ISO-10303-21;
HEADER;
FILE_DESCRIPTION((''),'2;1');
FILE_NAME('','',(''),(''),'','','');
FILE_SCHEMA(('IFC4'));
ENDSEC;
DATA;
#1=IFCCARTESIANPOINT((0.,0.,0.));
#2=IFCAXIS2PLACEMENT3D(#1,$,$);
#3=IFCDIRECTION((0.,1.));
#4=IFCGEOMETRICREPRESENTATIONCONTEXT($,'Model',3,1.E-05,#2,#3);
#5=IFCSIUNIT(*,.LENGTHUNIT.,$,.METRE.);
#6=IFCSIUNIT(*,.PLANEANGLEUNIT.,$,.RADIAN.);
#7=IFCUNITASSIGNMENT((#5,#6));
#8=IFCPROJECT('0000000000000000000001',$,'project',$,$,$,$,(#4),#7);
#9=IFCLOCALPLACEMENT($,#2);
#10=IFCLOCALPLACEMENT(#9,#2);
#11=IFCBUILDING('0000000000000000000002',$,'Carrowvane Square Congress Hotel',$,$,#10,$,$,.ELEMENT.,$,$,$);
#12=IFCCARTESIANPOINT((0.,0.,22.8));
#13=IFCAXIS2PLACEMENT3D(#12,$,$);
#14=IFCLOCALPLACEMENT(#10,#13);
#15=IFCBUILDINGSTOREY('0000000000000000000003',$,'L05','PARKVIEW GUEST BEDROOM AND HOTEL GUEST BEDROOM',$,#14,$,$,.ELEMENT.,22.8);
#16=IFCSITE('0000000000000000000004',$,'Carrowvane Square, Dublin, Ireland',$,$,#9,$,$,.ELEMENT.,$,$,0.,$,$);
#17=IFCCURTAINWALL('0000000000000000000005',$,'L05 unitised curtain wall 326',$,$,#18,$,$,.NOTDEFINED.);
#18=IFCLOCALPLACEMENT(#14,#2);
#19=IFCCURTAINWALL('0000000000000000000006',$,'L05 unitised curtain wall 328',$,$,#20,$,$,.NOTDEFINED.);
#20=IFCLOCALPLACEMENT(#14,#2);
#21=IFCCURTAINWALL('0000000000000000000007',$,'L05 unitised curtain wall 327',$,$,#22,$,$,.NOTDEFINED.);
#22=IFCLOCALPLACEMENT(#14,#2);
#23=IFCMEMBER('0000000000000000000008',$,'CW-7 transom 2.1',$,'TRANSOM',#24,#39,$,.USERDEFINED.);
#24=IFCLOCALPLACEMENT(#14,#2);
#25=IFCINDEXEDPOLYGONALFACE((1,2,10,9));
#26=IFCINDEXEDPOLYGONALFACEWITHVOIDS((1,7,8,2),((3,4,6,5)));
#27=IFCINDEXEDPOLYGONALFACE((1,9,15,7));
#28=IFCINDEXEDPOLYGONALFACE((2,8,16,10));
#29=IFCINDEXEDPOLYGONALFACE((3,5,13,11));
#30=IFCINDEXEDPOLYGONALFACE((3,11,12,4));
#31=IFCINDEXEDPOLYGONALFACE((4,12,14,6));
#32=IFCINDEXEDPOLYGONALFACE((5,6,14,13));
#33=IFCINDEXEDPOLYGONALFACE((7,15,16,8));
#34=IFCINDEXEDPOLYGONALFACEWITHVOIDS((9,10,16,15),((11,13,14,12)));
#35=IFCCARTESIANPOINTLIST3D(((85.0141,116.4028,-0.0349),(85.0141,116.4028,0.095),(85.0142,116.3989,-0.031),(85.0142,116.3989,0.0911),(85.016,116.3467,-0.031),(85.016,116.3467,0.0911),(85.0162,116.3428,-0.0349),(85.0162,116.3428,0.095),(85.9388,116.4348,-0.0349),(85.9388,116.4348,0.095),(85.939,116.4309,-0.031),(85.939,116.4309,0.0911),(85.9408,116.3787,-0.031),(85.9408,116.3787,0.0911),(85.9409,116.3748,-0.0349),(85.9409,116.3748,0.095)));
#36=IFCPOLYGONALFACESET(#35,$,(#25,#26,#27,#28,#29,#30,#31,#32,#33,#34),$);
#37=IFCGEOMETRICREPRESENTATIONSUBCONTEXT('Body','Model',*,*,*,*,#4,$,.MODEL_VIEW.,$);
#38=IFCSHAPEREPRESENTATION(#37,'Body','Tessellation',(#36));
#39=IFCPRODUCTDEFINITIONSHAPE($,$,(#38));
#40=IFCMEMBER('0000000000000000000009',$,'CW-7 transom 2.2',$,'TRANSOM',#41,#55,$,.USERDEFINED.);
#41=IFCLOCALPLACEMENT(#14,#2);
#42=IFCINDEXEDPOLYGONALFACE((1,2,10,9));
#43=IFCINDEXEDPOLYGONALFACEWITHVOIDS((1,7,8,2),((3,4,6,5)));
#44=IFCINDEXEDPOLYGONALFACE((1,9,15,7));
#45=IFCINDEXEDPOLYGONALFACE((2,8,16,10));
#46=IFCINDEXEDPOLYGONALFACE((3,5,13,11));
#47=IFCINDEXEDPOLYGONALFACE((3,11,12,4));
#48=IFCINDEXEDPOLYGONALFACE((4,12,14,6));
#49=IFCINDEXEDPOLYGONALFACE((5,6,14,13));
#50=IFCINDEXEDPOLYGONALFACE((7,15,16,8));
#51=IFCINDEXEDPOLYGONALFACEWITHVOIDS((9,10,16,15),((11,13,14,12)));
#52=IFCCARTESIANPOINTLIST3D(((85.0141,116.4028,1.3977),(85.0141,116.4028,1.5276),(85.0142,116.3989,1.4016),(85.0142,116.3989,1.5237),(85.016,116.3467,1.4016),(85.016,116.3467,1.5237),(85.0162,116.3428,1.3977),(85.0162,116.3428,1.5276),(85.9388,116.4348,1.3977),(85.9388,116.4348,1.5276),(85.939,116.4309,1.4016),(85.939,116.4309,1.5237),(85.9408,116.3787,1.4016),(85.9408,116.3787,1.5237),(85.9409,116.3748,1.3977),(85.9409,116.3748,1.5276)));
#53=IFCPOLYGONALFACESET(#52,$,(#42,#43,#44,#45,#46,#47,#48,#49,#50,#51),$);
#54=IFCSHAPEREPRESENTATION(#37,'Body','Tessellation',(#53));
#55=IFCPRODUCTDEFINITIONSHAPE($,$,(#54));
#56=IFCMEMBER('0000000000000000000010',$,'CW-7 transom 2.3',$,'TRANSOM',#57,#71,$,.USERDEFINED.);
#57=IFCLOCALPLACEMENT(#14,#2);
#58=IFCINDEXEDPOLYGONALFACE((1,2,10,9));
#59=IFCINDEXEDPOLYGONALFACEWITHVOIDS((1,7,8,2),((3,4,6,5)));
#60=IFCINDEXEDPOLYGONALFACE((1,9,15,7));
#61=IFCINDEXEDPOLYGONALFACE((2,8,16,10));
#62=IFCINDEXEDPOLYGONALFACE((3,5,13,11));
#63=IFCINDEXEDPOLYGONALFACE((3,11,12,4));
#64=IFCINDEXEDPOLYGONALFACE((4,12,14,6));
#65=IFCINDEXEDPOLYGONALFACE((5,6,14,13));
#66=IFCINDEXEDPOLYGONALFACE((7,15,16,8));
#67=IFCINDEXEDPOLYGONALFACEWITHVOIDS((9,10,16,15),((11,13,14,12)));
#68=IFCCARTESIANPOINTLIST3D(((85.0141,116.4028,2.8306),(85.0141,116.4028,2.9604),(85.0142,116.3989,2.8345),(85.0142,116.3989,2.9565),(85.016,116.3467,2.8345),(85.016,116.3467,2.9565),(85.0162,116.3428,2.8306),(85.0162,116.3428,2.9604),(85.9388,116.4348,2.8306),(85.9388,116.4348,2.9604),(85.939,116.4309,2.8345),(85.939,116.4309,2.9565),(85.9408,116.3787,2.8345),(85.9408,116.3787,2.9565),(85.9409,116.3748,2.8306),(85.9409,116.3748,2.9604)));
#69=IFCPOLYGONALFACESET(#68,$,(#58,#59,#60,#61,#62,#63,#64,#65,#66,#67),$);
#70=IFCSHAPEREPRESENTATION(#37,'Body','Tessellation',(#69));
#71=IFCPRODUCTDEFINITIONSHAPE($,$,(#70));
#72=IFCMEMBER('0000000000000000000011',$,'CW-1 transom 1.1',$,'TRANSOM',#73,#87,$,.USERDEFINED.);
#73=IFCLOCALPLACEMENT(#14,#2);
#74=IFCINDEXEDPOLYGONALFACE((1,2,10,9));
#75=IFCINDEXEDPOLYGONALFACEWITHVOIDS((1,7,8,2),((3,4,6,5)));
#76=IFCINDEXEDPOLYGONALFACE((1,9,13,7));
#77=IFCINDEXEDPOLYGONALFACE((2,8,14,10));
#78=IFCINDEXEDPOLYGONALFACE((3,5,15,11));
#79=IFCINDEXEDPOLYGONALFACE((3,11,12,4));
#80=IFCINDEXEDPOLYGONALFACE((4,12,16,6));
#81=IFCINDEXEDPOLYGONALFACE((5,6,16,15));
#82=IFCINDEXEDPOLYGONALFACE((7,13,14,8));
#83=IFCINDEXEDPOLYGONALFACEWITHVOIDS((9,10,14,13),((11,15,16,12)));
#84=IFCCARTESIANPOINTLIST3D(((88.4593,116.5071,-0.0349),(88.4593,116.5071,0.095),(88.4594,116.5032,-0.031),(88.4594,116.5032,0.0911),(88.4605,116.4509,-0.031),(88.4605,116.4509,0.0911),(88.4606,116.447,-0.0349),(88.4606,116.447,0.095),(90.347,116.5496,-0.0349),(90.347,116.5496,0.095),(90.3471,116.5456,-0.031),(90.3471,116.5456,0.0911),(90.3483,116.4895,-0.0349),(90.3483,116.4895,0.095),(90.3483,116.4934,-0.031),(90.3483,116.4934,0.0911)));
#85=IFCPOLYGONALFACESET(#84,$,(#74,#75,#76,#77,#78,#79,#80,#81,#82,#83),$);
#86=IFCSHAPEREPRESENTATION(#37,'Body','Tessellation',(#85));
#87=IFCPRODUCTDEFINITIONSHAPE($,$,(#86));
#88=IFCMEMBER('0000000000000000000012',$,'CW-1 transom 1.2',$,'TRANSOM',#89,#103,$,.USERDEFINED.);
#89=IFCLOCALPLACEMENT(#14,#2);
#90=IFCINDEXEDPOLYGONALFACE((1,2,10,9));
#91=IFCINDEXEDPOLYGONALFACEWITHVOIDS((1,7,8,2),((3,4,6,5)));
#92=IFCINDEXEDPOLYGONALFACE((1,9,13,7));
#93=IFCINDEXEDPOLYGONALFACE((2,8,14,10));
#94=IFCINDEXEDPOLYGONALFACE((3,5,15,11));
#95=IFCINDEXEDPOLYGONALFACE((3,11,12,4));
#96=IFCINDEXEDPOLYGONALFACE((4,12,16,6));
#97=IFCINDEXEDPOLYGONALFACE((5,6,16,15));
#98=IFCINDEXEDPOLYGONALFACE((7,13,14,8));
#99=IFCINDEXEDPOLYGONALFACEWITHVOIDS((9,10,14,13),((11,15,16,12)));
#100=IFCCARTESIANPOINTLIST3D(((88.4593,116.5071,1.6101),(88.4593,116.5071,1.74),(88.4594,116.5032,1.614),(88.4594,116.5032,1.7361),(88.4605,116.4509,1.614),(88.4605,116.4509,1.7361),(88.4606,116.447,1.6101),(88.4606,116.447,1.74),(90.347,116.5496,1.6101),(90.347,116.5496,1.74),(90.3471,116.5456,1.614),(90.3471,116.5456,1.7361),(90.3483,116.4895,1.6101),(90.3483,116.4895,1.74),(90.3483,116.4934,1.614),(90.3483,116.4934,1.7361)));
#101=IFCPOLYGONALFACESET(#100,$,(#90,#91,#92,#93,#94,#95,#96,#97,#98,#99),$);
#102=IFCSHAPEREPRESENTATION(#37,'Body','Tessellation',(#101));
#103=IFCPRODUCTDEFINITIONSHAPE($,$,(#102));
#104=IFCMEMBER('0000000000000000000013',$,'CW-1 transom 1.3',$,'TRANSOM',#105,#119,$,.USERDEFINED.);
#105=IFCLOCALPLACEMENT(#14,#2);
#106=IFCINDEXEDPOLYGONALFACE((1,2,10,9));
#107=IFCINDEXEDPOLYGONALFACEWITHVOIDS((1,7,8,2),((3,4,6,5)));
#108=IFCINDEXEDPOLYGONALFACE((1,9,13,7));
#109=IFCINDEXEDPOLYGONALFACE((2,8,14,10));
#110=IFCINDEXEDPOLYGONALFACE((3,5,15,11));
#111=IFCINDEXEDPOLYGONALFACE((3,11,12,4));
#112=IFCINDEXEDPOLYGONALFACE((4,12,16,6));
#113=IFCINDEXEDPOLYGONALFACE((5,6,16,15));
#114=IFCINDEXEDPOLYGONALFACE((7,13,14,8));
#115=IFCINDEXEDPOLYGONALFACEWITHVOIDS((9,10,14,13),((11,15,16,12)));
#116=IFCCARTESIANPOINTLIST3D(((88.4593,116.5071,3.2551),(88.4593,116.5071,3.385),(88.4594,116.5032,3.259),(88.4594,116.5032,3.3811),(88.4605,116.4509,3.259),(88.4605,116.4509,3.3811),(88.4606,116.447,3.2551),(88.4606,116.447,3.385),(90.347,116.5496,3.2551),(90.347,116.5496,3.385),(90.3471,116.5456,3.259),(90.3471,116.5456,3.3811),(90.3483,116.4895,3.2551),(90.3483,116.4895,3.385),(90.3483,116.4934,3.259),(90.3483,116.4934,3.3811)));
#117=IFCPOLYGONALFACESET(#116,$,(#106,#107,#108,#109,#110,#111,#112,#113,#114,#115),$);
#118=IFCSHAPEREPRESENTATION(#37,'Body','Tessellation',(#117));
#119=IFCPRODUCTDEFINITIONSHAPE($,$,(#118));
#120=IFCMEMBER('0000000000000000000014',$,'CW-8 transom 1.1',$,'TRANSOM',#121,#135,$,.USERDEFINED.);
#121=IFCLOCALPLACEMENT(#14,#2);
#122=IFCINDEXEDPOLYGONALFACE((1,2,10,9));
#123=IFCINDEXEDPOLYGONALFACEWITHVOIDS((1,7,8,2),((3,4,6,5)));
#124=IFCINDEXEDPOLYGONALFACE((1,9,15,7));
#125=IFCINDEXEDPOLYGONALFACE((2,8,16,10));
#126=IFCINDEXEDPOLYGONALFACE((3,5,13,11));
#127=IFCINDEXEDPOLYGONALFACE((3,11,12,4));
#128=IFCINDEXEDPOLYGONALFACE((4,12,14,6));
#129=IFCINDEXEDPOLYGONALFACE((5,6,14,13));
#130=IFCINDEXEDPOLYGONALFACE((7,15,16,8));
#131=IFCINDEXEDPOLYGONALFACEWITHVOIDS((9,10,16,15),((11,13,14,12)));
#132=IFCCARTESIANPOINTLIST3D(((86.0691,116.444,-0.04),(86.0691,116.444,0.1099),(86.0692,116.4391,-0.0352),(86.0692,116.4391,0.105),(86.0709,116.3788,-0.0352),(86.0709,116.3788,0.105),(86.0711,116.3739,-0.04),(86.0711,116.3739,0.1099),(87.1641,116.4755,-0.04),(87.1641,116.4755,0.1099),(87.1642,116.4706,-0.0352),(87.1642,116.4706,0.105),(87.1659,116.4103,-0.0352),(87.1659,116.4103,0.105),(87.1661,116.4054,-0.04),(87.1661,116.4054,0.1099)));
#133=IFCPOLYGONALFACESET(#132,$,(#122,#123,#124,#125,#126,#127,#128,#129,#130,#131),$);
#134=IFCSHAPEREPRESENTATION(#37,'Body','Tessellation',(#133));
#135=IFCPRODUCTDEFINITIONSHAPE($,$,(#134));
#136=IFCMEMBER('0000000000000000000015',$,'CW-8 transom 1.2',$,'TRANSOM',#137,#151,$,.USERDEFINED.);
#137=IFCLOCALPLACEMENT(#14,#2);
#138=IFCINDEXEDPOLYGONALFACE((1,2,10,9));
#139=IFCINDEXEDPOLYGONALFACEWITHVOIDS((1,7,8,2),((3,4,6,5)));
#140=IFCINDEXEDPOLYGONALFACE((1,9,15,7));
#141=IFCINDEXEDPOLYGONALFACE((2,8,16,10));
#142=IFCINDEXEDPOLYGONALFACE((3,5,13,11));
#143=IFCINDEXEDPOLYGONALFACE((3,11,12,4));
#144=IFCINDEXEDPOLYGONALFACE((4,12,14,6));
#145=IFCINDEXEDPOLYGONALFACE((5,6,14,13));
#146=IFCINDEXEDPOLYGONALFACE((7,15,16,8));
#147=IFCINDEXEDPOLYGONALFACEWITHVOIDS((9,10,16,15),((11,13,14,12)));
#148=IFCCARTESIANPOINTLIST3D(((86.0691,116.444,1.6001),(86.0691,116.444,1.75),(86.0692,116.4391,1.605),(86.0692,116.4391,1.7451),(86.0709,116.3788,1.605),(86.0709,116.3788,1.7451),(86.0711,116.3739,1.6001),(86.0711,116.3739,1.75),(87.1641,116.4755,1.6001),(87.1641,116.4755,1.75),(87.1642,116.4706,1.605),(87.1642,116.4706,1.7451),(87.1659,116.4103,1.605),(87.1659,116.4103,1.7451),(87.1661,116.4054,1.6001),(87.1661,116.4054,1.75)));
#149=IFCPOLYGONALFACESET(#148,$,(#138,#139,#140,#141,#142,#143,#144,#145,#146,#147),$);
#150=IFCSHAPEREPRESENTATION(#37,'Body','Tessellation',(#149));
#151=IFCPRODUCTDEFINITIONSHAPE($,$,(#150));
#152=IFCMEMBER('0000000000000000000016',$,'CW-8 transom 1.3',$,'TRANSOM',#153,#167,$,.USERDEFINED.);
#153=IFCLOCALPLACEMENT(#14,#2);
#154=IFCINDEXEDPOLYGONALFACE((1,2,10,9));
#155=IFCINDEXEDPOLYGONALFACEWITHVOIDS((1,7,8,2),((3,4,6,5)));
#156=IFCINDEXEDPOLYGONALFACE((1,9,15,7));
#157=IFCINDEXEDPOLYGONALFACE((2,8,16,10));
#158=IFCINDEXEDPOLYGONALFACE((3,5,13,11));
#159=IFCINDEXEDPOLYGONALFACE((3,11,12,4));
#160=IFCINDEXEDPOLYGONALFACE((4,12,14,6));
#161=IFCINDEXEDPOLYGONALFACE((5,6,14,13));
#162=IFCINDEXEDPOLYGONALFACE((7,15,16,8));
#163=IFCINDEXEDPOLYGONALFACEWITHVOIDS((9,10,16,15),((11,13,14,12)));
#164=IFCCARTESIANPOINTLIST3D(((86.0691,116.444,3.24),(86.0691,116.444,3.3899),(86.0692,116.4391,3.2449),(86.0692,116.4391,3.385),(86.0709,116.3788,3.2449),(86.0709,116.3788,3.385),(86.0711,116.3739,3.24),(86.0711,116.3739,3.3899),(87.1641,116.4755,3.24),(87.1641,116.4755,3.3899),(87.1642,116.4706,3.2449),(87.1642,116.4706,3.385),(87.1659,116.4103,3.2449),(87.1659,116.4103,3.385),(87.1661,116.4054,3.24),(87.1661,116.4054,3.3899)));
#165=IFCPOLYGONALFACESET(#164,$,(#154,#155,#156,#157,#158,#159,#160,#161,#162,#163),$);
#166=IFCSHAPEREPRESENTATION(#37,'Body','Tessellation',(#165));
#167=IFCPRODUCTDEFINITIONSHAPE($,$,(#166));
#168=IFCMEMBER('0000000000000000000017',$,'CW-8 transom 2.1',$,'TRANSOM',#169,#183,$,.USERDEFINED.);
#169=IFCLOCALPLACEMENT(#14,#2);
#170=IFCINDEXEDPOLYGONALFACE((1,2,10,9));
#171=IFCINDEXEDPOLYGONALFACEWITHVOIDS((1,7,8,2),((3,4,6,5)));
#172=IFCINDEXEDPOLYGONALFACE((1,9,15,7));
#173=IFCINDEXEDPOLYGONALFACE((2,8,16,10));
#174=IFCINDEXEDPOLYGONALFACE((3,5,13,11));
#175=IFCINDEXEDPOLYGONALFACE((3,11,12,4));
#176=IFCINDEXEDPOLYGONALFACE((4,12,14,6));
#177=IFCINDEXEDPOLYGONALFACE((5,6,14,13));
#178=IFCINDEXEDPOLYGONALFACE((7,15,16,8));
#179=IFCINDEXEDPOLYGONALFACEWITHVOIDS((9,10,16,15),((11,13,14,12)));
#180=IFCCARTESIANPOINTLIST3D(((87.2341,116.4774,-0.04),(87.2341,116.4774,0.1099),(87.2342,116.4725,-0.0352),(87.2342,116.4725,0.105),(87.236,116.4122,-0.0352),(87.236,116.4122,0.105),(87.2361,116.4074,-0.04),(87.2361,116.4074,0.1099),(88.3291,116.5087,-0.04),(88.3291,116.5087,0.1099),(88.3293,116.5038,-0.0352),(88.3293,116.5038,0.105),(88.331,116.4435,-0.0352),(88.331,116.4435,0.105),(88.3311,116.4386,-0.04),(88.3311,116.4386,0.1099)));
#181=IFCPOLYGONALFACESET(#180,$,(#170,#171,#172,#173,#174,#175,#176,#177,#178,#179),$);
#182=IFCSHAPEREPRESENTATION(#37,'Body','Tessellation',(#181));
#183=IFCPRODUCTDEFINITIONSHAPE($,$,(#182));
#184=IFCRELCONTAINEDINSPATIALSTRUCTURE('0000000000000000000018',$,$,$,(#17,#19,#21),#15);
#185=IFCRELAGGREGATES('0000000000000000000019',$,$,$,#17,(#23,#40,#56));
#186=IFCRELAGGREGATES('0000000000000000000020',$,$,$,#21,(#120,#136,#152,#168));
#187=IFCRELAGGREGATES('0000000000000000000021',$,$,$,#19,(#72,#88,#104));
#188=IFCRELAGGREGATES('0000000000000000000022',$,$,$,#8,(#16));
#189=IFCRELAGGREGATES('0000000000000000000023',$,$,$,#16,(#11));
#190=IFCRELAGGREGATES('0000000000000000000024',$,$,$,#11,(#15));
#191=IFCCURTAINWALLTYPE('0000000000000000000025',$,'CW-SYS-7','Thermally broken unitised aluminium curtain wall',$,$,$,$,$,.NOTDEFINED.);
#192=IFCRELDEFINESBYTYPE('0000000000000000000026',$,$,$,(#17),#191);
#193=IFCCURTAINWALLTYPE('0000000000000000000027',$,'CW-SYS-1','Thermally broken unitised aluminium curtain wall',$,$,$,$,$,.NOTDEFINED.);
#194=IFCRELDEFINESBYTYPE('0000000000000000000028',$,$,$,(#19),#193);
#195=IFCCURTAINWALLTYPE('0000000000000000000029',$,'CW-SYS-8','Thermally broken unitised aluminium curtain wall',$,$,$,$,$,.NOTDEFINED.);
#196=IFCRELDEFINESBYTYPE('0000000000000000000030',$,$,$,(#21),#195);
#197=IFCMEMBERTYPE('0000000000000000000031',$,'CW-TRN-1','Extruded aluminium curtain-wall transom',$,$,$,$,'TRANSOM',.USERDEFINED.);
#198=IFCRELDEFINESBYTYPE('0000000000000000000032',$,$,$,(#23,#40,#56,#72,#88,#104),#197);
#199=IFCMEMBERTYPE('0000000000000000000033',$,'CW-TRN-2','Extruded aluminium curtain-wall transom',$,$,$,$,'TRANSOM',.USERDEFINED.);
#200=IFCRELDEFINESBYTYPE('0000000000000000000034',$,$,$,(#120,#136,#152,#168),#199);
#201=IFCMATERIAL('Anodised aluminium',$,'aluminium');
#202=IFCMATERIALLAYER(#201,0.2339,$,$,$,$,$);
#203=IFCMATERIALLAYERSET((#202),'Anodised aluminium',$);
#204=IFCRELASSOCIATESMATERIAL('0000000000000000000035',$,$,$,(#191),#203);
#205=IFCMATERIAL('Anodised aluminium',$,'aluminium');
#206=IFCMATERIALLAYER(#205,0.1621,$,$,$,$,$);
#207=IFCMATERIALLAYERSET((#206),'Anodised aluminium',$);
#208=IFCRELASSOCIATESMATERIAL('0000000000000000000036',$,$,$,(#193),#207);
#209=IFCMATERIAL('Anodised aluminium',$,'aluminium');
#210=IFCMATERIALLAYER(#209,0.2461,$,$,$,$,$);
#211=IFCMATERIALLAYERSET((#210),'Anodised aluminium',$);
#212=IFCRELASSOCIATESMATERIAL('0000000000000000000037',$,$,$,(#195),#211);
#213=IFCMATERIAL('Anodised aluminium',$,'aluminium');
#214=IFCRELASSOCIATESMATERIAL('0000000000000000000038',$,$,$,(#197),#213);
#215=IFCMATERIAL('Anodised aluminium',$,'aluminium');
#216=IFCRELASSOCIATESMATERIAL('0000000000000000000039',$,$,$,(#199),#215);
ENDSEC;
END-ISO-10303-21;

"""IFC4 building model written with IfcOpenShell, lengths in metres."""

from ifc_helpers import new_model, si_unit, direction, frame, origin, origin_2d, place, context, subcontext, project, spatial, hollow_rectangle, extrude, material, layer, layer_set, material_profile, profile_set, type_object, element, aggregate, save


model = new_model("IFC4")

# Units and contexts
model_context = context("Model", 3, precision=1e-05, world=origin(), true_north=direction((0.0, 1.0)))
body_context = subcontext(model_context, "Body", "Model", "MODEL_VIEW")
ifc_project = project(units=[si_unit("LENGTHUNIT", "METRE"), si_unit("PLANEANGLEUNIT", "RADIAN")], contexts=[model_context])

# Site, building, storey
site_placement = place(None, origin())
site = spatial("IfcSite", under=ifc_project, at=site_placement, Name="Carrowvane Square, Dublin, Ireland", CompositionType="ELEMENT", RefElevation=0.0)
building_placement = place(site_placement, origin())
building = spatial("IfcBuilding", under=site, at=building_placement, Name="Carrowvane Square Congress Hotel", CompositionType="ELEMENT")
storey_placement = place(building_placement, frame((0.0, 0.0, 22.8)))
storey = spatial("IfcBuildingStorey", under=building, at=storey_placement, Name="L05", Description="PARKVIEW GUEST BEDROOM AND HOTEL GUEST BEDROOM", CompositionType="ELEMENT", Elevation=22.8)

# Curtain walls
ifc_material_1 = material(Name="Anodised aluminium", Category="aluminium")
ifc_layer_1 = layer(ifc_material_1, 0.2339)
ifc_layer_set_1 = layer_set([ifc_layer_1], Name="Anodised aluminium")
curtain_wall_type_1 = type_object("IfcCurtainWallType", Name="CW-SYS-7", Description="Thermally broken unitised aluminium curtain wall", PredefinedType="NOTDEFINED", material=ifc_layer_set_1)
curtain_wall_1_placement = place(storey_placement, origin())
curtain_wall_1 = element("IfcCurtainWall", 1, at=curtain_wall_1_placement, inside=storey, type_object=curtain_wall_type_1, Name="L05 unitised curtain wall 326", PredefinedType="NOTDEFINED")
ifc_material_2 = material(Name="Anodised aluminium", Category="aluminium")
ifc_layer_2 = layer(ifc_material_2, 0.1621)
ifc_layer_set_2 = layer_set([ifc_layer_2], Name="Anodised aluminium")
curtain_wall_type_2 = type_object("IfcCurtainWallType", Name="CW-SYS-1", Description="Thermally broken unitised aluminium curtain wall", PredefinedType="NOTDEFINED", material=ifc_layer_set_2)
curtain_wall_2_placement = place(storey_placement, origin())
curtain_wall_2 = element("IfcCurtainWall", 2, at=curtain_wall_2_placement, inside=storey, type_object=curtain_wall_type_2, Name="L05 unitised curtain wall 328", PredefinedType="NOTDEFINED")
ifc_material_3 = material(Name="Anodised aluminium", Category="aluminium")
ifc_layer_3 = layer(ifc_material_3, 0.2461)
ifc_layer_set_3 = layer_set([ifc_layer_3], Name="Anodised aluminium")
curtain_wall_type_3 = type_object("IfcCurtainWallType", Name="CW-SYS-8", Description="Thermally broken unitised aluminium curtain wall", PredefinedType="NOTDEFINED", material=ifc_layer_set_3)
curtain_wall_3_placement = place(storey_placement, origin())
curtain_wall_3 = element("IfcCurtainWall", 3, at=curtain_wall_3_placement, inside=storey, type_object=curtain_wall_type_3, Name="L05 unitised curtain wall 327", PredefinedType="NOTDEFINED")

# Members
ifc_material_4 = material(Name="Anodised aluminium", Category="aluminium")
ifc_material_profile_1 = material_profile(ifc_material_4, hollow_rectangle(XDim=0.0601, YDim=0.1299, WallThickness=0.0039, at=origin_2d()), Name="CW-TR 60x130x4")
ifc_profile_set_1 = profile_set([ifc_material_profile_1], Name="Anodised aluminium")
member_type_1 = type_object("IfcMemberType", Name="CW-TRN-1", Description="Extruded aluminium curtain-wall transom", ElementType="TRANSOM", PredefinedType="USERDEFINED", material=ifc_profile_set_1)
member_1_placement = place(storey_placement, frame((85.0151, 116.3728, 0.03), z_axis=(0.999403, 0.034562, 0.0), x_axis=(-0.034562, 0.999403, 0.0)))
member_1 = element("IfcMember", 4, at=member_1_placement, type_object=member_type_1, Name="CW-7 transom 2.1", ObjectType="TRANSOM", PredefinedType="USERDEFINED", context=body_context, shape_type="SweptSolid", body=[
    extrude(hollow_rectangle(XDim=0.0601, YDim=0.1299, WallThickness=0.0039, at=origin_2d()), origin(), (0.0, 0.0, 1.0), 0.9253),
])
member_2_placement = place(storey_placement, frame((85.0151, 116.3728, 1.4626), z_axis=(0.999403, 0.034562, 0.0), x_axis=(-0.034562, 0.999403, 0.0)))
member_2 = element("IfcMember", 5, at=member_2_placement, type_object=member_type_1, Name="CW-7 transom 2.2", ObjectType="TRANSOM", PredefinedType="USERDEFINED", context=body_context, shape_type="SweptSolid", body=[
    extrude(hollow_rectangle(XDim=0.0601, YDim=0.1299, WallThickness=0.0039, at=origin_2d()), origin(), (0.0, 0.0, 1.0), 0.9253),
])
member_3_placement = place(storey_placement, frame((85.0151, 116.3728, 2.8955), z_axis=(0.999403, 0.034562, 0.0), x_axis=(-0.034562, 0.999403, 0.0)))
member_3 = element("IfcMember", 6, at=member_3_placement, type_object=member_type_1, Name="CW-7 transom 2.3", ObjectType="TRANSOM", PredefinedType="USERDEFINED", context=body_context, shape_type="SweptSolid", body=[
    extrude(hollow_rectangle(XDim=0.0601, YDim=0.1299, WallThickness=0.0039, at=origin_2d()), origin(), (0.0, 0.0, 1.0), 0.9253),
])
member_4_placement = place(storey_placement, frame((88.46, 116.4771, 0.03), z_axis=(0.999747, 0.022498, 0.0), x_axis=(-0.022498, 0.999747, 0.0)))
member_4 = element("IfcMember", 7, at=member_4_placement, type_object=member_type_1, Name="CW-1 transom 1.1", ObjectType="TRANSOM", PredefinedType="USERDEFINED", context=body_context, shape_type="SweptSolid", body=[
    extrude(hollow_rectangle(XDim=0.0601, YDim=0.1299, WallThickness=0.0039, at=origin_2d()), origin(), (0.0, 0.0, 1.0), 1.8882),
])
member_5_placement = place(storey_placement, frame((88.46, 116.4771, 1.675), z_axis=(0.999747, 0.022498, 0.0), x_axis=(-0.022498, 0.999747, 0.0)))
member_5 = element("IfcMember", 8, at=member_5_placement, type_object=member_type_1, Name="CW-1 transom 1.2", ObjectType="TRANSOM", PredefinedType="USERDEFINED", context=body_context, shape_type="SweptSolid", body=[
    extrude(hollow_rectangle(XDim=0.0601, YDim=0.1299, WallThickness=0.0039, at=origin_2d()), origin(), (0.0, 0.0, 1.0), 1.8882),
])
member_6_placement = place(storey_placement, frame((88.46, 116.4771, 3.3201), z_axis=(0.999747, 0.022498, 0.0), x_axis=(-0.022498, 0.999747, 0.0)))
member_6 = element("IfcMember", 9, at=member_6_placement, type_object=member_type_1, Name="CW-1 transom 1.3", ObjectType="TRANSOM", PredefinedType="USERDEFINED", context=body_context, shape_type="SweptSolid", body=[
    extrude(hollow_rectangle(XDim=0.0601, YDim=0.1299, WallThickness=0.0039, at=origin_2d()), origin(), (0.0, 0.0, 1.0), 1.8882),
])
ifc_material_5 = material(Name="Anodised aluminium", Category="aluminium")
ifc_material_profile_2 = material_profile(ifc_material_5, hollow_rectangle(XDim=0.0701, YDim=0.1499, WallThickness=0.0049, at=origin_2d()), Name="CW-TR 70x150x5")
ifc_profile_set_2 = profile_set([ifc_material_profile_2], Name="Anodised aluminium")
member_type_2 = type_object("IfcMemberType", Name="CW-TRN-2", Description="Extruded aluminium curtain-wall transom", ElementType="TRANSOM", PredefinedType="USERDEFINED", material=ifc_profile_set_2)
member_7_placement = place(storey_placement, frame((86.0701, 116.4089, 0.0349), z_axis=(0.999587, 0.028751, 0.0), x_axis=(-0.028751, 0.999587, 0.0)))
member_7 = element("IfcMember", 10, at=member_7_placement, type_object=member_type_2, Name="CW-8 transom 1.1", ObjectType="TRANSOM", PredefinedType="USERDEFINED", context=body_context, shape_type="SweptSolid", body=[
    extrude(hollow_rectangle(XDim=0.0701, YDim=0.1499, WallThickness=0.0049, at=origin_2d()), origin(), (0.0, 0.0, 1.0), 1.0955),
])
member_8_placement = place(storey_placement, frame((86.0701, 116.4089, 1.675), z_axis=(0.999587, 0.028751, 0.0), x_axis=(-0.028751, 0.999587, 0.0)))
member_8 = element("IfcMember", 11, at=member_8_placement, type_object=member_type_2, Name="CW-8 transom 1.2", ObjectType="TRANSOM", PredefinedType="USERDEFINED", context=body_context, shape_type="SweptSolid", body=[
    extrude(hollow_rectangle(XDim=0.0701, YDim=0.1499, WallThickness=0.0049, at=origin_2d()), origin(), (0.0, 0.0, 1.0), 1.0955),
])
member_9_placement = place(storey_placement, frame((86.0701, 116.4089, 3.3149), z_axis=(0.999587, 0.028751, 0.0), x_axis=(-0.028751, 0.999587, 0.0)))
member_9 = element("IfcMember", 12, at=member_9_placement, type_object=member_type_2, Name="CW-8 transom 1.3", ObjectType="TRANSOM", PredefinedType="USERDEFINED", context=body_context, shape_type="SweptSolid", body=[
    extrude(hollow_rectangle(XDim=0.0701, YDim=0.1499, WallThickness=0.0049, at=origin_2d()), origin(), (0.0, 0.0, 1.0), 1.0955),
])
member_10_placement = place(storey_placement, frame((87.2351, 116.4424, 0.0349), z_axis=(0.999593, 0.028528, 0.0), x_axis=(-0.028528, 0.999593, 0.0)))
member_10 = element("IfcMember", 13, at=member_10_placement, type_object=member_type_2, Name="CW-8 transom 2.1", ObjectType="TRANSOM", PredefinedType="USERDEFINED", context=body_context, shape_type="SweptSolid", body=[
    extrude(hollow_rectangle(XDim=0.0701, YDim=0.1499, WallThickness=0.0049, at=origin_2d()), origin(), (0.0, 0.0, 1.0), 1.0955),
])

aggregate(curtain_wall_1, [member_1, member_2, member_3])
aggregate(curtain_wall_3, [member_7, member_8, member_9, member_10])
aggregate(curtain_wall_2, [member_4, member_5, member_6])

save(model, "model.ifc")
